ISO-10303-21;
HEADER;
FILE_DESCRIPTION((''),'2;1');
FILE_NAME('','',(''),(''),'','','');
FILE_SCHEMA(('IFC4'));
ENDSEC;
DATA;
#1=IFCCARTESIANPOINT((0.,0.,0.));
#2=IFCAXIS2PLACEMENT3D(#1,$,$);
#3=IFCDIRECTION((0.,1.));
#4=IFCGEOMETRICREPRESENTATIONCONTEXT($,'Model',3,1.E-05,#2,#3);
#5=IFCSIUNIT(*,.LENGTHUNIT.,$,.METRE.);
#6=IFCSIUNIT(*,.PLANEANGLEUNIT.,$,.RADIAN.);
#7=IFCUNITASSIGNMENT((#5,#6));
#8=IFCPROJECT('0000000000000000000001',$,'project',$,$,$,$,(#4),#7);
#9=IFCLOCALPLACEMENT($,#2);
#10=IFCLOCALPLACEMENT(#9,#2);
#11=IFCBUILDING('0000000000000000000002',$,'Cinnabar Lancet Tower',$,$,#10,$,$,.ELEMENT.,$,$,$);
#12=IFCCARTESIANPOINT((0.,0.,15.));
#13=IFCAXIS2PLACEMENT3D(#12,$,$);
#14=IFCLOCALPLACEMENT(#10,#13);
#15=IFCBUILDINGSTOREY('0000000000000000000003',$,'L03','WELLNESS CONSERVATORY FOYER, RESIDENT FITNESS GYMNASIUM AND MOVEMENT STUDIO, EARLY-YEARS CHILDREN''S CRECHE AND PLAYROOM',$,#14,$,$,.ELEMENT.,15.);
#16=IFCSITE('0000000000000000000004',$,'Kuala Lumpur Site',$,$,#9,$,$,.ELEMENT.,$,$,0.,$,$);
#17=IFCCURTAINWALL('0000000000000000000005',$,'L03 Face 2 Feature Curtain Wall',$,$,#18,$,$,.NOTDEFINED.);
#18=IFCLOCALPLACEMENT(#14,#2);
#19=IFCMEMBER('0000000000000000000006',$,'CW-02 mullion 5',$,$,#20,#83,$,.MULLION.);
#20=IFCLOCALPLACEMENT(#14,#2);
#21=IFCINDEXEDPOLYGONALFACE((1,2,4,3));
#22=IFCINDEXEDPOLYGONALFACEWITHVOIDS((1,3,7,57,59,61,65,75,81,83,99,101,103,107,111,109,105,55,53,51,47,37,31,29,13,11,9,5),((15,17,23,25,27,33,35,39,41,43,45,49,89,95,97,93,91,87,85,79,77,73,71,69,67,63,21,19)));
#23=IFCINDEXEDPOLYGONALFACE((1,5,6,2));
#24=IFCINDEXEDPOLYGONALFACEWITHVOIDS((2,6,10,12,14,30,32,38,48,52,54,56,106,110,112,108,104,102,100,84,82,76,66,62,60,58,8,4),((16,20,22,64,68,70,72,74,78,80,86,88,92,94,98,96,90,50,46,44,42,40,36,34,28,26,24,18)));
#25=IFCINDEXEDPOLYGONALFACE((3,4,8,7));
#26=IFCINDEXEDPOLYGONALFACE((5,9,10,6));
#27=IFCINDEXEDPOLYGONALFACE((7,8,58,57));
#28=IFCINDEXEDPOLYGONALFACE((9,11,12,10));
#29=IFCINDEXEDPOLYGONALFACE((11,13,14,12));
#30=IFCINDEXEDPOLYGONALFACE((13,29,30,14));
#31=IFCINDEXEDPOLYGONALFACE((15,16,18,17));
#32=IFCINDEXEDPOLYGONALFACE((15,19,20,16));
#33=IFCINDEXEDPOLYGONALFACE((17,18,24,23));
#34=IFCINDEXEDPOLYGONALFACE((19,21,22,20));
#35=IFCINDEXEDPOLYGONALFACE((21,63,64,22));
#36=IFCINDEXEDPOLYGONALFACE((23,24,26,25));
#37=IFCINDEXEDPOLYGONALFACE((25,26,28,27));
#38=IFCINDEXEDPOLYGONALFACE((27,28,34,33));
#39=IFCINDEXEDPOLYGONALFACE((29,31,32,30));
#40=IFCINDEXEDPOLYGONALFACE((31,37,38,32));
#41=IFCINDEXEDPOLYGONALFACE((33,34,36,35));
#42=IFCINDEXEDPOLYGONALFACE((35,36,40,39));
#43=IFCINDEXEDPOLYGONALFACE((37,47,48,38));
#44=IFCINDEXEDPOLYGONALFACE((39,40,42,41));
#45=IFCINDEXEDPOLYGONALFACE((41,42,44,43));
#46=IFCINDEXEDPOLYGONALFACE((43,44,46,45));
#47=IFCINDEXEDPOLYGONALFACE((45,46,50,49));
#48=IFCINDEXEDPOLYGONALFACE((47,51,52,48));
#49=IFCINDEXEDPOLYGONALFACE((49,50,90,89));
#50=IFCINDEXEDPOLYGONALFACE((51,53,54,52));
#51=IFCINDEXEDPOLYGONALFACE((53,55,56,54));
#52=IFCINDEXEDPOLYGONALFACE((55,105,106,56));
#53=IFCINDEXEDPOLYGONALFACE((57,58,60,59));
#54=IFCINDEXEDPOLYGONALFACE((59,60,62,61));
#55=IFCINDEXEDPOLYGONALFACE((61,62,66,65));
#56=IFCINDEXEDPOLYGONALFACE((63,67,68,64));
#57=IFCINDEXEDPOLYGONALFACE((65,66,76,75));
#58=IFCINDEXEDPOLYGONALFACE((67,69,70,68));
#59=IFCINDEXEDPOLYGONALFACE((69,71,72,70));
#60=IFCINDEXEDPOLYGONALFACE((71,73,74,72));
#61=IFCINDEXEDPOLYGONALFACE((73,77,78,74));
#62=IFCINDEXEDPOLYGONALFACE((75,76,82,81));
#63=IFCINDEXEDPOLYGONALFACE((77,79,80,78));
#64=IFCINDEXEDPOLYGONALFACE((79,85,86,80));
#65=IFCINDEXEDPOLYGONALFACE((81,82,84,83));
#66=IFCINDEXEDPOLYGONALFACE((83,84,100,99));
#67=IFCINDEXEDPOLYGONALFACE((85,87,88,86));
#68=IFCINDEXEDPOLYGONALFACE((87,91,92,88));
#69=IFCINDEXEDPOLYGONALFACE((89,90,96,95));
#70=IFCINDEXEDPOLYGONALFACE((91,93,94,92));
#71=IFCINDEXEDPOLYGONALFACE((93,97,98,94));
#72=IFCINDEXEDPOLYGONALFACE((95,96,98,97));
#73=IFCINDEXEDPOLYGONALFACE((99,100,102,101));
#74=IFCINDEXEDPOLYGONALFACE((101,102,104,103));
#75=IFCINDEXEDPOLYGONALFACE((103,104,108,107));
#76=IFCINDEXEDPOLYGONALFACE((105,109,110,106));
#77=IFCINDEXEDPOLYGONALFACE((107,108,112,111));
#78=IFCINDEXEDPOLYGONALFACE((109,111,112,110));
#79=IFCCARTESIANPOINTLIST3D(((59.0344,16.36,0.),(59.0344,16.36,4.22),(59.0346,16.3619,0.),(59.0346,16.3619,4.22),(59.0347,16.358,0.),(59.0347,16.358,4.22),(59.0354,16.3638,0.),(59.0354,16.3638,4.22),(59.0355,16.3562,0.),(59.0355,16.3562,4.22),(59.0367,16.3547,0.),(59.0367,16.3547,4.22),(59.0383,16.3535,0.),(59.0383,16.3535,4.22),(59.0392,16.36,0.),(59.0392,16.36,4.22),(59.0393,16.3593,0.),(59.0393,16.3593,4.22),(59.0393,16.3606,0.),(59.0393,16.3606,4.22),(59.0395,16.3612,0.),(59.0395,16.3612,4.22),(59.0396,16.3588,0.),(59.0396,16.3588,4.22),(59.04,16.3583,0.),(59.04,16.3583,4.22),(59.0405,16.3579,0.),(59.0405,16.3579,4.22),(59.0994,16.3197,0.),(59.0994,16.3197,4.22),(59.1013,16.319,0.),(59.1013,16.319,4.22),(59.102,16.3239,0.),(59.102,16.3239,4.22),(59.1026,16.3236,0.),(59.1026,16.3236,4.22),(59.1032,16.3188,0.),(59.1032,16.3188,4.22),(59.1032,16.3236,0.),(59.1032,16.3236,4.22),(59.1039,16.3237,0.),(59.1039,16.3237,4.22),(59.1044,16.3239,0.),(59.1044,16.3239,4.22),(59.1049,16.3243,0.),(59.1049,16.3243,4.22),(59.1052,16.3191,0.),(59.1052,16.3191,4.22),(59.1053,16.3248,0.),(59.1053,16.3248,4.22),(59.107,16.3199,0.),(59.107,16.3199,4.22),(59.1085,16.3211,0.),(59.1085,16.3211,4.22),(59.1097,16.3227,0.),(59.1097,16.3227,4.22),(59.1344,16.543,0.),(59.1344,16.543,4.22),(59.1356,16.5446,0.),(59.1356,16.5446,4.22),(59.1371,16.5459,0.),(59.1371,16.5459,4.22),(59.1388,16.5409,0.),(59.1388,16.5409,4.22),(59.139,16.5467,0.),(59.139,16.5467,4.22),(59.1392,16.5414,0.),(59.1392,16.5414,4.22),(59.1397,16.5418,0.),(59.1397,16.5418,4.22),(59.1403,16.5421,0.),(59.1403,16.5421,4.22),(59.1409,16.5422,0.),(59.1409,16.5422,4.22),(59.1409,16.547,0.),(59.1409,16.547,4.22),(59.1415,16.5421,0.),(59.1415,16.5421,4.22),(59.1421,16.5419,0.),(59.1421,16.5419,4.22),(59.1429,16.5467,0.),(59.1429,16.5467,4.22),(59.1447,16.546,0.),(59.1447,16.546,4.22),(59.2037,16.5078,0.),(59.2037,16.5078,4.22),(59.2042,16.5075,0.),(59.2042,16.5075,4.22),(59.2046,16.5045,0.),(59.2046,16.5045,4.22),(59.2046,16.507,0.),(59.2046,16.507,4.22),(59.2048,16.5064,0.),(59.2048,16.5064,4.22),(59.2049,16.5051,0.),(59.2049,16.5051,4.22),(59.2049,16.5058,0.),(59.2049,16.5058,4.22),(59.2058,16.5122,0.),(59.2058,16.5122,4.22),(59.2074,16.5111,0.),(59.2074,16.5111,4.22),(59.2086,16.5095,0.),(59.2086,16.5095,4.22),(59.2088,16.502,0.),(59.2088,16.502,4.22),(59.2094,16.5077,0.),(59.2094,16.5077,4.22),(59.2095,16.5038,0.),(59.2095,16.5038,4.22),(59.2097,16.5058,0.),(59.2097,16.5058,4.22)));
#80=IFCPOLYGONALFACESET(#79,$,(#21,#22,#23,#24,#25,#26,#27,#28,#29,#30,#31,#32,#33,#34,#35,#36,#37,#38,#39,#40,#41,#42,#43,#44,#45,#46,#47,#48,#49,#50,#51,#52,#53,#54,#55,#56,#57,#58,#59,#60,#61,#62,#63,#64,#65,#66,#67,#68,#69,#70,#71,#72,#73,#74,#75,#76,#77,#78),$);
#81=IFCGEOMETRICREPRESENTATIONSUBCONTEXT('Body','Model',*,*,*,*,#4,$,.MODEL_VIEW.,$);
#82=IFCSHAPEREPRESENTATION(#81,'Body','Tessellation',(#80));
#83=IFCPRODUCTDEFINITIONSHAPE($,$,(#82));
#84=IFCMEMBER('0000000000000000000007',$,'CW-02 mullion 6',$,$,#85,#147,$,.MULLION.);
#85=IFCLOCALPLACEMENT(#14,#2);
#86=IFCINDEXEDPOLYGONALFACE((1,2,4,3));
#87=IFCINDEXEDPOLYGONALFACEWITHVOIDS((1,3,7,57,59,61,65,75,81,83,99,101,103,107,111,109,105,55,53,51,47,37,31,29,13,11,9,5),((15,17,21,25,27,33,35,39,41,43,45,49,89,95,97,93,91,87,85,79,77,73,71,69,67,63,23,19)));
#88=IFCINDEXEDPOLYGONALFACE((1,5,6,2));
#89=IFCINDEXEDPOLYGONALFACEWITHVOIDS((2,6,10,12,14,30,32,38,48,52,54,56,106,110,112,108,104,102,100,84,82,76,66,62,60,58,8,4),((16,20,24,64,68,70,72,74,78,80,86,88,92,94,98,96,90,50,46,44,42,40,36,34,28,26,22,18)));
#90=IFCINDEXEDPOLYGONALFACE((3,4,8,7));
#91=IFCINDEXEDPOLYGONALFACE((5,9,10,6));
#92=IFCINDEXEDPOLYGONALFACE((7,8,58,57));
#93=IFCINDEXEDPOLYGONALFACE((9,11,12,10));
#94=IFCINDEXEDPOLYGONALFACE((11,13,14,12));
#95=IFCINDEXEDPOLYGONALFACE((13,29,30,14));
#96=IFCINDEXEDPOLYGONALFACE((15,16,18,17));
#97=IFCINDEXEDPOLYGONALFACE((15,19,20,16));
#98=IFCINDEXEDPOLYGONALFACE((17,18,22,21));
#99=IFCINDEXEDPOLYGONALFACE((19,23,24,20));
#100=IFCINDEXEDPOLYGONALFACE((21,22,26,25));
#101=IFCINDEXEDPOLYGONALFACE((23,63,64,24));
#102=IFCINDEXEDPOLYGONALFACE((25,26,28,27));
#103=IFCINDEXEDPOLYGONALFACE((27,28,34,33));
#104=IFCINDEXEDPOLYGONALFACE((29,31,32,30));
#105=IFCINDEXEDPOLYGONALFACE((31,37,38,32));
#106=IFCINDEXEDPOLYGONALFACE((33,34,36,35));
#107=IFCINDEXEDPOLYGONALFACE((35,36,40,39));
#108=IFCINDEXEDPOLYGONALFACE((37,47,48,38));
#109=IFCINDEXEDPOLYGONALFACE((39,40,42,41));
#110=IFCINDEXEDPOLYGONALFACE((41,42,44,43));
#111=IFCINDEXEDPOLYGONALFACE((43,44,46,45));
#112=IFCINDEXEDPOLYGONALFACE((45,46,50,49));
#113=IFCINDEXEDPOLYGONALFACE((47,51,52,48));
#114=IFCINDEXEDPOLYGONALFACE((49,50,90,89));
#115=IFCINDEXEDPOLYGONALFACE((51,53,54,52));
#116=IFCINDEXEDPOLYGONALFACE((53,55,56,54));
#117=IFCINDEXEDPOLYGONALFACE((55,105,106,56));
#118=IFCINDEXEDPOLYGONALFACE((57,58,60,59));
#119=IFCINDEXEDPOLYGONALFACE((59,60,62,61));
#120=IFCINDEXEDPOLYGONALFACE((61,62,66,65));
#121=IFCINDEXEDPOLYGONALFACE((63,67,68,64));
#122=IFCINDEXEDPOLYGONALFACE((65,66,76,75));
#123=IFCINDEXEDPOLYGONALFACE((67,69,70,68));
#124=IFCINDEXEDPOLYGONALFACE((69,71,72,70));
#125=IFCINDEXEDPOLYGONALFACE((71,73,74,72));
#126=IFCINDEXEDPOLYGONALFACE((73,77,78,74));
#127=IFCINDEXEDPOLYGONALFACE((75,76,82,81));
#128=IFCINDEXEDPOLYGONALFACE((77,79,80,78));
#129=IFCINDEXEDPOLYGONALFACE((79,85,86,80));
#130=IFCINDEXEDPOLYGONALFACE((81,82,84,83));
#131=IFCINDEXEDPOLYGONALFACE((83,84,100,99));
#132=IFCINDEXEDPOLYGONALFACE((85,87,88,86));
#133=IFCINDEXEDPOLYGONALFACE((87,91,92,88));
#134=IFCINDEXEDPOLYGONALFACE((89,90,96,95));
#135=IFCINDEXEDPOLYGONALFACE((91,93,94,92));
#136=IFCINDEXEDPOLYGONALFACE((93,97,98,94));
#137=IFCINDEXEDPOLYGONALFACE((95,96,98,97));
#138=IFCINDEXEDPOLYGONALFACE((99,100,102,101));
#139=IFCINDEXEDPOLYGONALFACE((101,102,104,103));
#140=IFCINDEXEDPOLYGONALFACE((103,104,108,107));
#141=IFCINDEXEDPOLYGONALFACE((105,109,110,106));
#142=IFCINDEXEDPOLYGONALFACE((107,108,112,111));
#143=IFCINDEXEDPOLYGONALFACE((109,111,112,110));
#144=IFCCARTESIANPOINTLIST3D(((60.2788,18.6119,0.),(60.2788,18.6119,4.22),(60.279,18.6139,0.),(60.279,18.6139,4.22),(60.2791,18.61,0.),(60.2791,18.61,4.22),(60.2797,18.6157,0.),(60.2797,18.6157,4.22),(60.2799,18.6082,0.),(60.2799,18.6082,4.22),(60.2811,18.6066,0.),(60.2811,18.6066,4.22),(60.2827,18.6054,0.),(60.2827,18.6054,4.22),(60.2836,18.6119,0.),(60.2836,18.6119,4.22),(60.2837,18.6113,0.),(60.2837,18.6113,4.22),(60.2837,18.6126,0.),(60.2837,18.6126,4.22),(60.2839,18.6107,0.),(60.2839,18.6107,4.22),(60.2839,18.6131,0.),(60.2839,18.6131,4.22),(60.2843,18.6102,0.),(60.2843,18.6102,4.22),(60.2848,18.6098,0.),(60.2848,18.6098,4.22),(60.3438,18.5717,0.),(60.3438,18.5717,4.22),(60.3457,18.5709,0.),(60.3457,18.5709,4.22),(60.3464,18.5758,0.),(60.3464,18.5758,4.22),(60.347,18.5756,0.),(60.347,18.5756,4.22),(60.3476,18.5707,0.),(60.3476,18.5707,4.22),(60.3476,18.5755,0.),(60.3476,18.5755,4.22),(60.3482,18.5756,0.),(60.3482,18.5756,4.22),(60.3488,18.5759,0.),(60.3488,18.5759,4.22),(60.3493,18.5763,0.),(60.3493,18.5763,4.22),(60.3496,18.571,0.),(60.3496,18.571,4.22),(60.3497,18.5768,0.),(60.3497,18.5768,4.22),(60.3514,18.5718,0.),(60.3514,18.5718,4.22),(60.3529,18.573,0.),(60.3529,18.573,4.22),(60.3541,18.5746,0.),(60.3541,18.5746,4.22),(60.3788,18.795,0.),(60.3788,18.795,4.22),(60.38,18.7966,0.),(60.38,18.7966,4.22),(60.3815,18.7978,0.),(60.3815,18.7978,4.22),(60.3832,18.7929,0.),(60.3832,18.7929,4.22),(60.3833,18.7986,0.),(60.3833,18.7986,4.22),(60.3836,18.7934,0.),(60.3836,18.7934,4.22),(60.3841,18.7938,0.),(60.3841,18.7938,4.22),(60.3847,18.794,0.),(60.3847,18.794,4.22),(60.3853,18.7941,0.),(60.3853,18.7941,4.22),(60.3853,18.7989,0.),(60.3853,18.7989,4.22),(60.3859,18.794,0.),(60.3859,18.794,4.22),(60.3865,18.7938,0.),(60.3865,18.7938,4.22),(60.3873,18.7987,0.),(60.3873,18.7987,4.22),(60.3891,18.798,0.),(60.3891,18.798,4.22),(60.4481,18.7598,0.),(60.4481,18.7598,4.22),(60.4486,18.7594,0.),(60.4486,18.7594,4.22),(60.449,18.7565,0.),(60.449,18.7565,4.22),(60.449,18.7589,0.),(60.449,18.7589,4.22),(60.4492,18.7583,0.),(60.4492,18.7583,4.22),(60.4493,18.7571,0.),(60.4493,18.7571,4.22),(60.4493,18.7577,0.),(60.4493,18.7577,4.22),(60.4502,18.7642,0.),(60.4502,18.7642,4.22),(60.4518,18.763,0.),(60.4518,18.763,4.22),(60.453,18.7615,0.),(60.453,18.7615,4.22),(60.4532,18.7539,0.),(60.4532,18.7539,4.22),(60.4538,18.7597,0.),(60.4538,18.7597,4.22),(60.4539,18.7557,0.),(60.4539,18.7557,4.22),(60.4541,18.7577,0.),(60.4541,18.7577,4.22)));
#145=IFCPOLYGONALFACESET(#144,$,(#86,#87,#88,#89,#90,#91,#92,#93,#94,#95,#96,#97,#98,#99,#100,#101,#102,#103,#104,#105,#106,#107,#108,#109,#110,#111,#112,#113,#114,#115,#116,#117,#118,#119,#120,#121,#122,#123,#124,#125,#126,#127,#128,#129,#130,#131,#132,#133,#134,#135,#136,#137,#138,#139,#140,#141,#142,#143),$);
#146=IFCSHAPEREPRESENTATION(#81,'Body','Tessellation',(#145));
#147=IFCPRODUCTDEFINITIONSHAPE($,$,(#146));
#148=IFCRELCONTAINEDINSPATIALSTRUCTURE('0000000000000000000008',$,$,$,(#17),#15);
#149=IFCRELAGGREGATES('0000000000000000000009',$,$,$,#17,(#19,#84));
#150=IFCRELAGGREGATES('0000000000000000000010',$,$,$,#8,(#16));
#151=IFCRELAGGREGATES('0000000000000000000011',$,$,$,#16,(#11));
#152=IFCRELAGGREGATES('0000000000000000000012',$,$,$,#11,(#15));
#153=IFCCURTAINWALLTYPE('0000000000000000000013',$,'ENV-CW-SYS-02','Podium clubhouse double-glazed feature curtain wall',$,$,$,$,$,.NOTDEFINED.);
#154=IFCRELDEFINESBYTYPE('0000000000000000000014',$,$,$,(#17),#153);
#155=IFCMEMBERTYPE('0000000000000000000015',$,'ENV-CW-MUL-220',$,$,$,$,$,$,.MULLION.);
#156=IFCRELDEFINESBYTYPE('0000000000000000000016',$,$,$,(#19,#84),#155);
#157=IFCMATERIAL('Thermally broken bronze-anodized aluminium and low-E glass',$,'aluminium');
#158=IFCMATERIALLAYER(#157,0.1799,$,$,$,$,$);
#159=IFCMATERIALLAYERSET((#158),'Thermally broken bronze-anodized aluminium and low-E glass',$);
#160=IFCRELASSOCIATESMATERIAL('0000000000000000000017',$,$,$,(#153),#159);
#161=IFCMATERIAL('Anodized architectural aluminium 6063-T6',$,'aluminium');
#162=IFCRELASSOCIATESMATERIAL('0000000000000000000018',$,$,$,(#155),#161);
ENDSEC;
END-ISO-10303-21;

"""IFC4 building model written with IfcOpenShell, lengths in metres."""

from ifc_helpers import new_model, si_unit, direction, frame, origin, origin_2d, place, context, subcontext, project, spatial, hollow_rectangle, extrude, material, layer, layer_set, material_profile, profile_set, type_object, element, aggregate, save


model = new_model("IFC4")

# Units and contexts
model_context = context("Model", 3, precision=1e-05, world=origin(), true_north=direction((0.0, 1.0)))
body_context = subcontext(model_context, "Body", "Model", "MODEL_VIEW")
ifc_project = project(units=[si_unit("LENGTHUNIT", "METRE"), si_unit("PLANEANGLEUNIT", "RADIAN")], contexts=[model_context])

# Site, building, storey
site_placement = place(None, origin())
site = spatial("IfcSite", under=ifc_project, at=site_placement, Name="Kuala Lumpur Site", CompositionType="ELEMENT", RefElevation=0.0)
building_placement = place(site_placement, origin())
building = spatial("IfcBuilding", under=site, at=building_placement, Name="Cinnabar Lancet Tower", CompositionType="ELEMENT")
storey_placement = place(building_placement, frame((0.0, 0.0, 15.0)))
storey = spatial("IfcBuildingStorey", under=building, at=storey_placement, Name="L03", Description="WELLNESS CONSERVATORY FOYER, RESIDENT FITNESS GYMNASIUM AND MOVEMENT STUDIO, EARLY-YEARS CHILDREN'S CRECHE AND PLAYROOM", CompositionType="ELEMENT", Elevation=15.0)

# Curtain wall, members
ifc_material_1 = material(Name="Thermally broken bronze-anodized aluminium and low-E glass", Category="aluminium")
ifc_layer_1 = layer(ifc_material_1, 0.1799)
ifc_layer_set_1 = layer_set([ifc_layer_1], Name="Thermally broken bronze-anodized aluminium and low-E glass")
curtain_wall_type = type_object("IfcCurtainWallType", Name="ENV-CW-SYS-02", Description="Podium clubhouse double-glazed feature curtain wall", PredefinedType="NOTDEFINED", material=ifc_layer_set_1)
curtain_wall_placement = place(storey_placement, origin())
curtain_wall = element("IfcCurtainWall", 1, at=curtain_wall_placement, inside=storey, type_object=curtain_wall_type, Name="L03 Face 2 Feature Curtain Wall", PredefinedType="NOTDEFINED")
ifc_material_2 = material(Name="Anodized architectural aluminium 6063-T6", Category="aluminium")
ifc_material_profile_1 = material_profile(ifc_material_2, hollow_rectangle(XDim=0.085, YDim=0.22, WallThickness=0.0049, InnerFilletRadius=0.0024, OuterFilletRadius=0.0076, at=origin_2d()), Name="CW-MUL 220x85x5")
ifc_profile_set_1 = profile_set([ifc_material_profile_1], Name="Anodized architectural aluminium 6063-T6")
member_type_1 = type_object("IfcMemberType", Name="ENV-CW-MUL-220", PredefinedType="MULLION", material=ifc_profile_set_1)
member_1_placement = place(storey_placement, frame((59.1221, 16.4329, 0.0), z_axis=(0.0, 0.0, 1.0), x_axis=(-0.875242, 0.483685, 0.0)))
member_1 = element("IfcMember", 2, at=member_1_placement, type_object=member_type_1, Name="CW-02 mullion 5", PredefinedType="MULLION", context=body_context, shape_type="SweptSolid", body=[
    extrude(hollow_rectangle(XDim=0.085, YDim=0.22, WallThickness=0.0049, InnerFilletRadius=0.0024, OuterFilletRadius=0.0076, at=origin_2d()), origin(), (0.0, 0.0, 1.0), 4.22),
])
member_2_placement = place(storey_placement, frame((60.3665, 18.6848, 0.0), z_axis=(0.0, 0.0, 1.0), x_axis=(-0.875242, 0.483685, 0.0)))
member_2 = element("IfcMember", 3, at=member_2_placement, type_object=member_type_1, Name="CW-02 mullion 6", PredefinedType="MULLION", context=body_context, shape_type="SweptSolid", body=[
    extrude(hollow_rectangle(XDim=0.085, YDim=0.22, WallThickness=0.0049, InnerFilletRadius=0.0024, OuterFilletRadius=0.0076, at=origin_2d()), origin(), (0.0, 0.0, 1.0), 4.22),
])
aggregate(curtain_wall, [member_1, member_2])

save(model, "model.ifc")
